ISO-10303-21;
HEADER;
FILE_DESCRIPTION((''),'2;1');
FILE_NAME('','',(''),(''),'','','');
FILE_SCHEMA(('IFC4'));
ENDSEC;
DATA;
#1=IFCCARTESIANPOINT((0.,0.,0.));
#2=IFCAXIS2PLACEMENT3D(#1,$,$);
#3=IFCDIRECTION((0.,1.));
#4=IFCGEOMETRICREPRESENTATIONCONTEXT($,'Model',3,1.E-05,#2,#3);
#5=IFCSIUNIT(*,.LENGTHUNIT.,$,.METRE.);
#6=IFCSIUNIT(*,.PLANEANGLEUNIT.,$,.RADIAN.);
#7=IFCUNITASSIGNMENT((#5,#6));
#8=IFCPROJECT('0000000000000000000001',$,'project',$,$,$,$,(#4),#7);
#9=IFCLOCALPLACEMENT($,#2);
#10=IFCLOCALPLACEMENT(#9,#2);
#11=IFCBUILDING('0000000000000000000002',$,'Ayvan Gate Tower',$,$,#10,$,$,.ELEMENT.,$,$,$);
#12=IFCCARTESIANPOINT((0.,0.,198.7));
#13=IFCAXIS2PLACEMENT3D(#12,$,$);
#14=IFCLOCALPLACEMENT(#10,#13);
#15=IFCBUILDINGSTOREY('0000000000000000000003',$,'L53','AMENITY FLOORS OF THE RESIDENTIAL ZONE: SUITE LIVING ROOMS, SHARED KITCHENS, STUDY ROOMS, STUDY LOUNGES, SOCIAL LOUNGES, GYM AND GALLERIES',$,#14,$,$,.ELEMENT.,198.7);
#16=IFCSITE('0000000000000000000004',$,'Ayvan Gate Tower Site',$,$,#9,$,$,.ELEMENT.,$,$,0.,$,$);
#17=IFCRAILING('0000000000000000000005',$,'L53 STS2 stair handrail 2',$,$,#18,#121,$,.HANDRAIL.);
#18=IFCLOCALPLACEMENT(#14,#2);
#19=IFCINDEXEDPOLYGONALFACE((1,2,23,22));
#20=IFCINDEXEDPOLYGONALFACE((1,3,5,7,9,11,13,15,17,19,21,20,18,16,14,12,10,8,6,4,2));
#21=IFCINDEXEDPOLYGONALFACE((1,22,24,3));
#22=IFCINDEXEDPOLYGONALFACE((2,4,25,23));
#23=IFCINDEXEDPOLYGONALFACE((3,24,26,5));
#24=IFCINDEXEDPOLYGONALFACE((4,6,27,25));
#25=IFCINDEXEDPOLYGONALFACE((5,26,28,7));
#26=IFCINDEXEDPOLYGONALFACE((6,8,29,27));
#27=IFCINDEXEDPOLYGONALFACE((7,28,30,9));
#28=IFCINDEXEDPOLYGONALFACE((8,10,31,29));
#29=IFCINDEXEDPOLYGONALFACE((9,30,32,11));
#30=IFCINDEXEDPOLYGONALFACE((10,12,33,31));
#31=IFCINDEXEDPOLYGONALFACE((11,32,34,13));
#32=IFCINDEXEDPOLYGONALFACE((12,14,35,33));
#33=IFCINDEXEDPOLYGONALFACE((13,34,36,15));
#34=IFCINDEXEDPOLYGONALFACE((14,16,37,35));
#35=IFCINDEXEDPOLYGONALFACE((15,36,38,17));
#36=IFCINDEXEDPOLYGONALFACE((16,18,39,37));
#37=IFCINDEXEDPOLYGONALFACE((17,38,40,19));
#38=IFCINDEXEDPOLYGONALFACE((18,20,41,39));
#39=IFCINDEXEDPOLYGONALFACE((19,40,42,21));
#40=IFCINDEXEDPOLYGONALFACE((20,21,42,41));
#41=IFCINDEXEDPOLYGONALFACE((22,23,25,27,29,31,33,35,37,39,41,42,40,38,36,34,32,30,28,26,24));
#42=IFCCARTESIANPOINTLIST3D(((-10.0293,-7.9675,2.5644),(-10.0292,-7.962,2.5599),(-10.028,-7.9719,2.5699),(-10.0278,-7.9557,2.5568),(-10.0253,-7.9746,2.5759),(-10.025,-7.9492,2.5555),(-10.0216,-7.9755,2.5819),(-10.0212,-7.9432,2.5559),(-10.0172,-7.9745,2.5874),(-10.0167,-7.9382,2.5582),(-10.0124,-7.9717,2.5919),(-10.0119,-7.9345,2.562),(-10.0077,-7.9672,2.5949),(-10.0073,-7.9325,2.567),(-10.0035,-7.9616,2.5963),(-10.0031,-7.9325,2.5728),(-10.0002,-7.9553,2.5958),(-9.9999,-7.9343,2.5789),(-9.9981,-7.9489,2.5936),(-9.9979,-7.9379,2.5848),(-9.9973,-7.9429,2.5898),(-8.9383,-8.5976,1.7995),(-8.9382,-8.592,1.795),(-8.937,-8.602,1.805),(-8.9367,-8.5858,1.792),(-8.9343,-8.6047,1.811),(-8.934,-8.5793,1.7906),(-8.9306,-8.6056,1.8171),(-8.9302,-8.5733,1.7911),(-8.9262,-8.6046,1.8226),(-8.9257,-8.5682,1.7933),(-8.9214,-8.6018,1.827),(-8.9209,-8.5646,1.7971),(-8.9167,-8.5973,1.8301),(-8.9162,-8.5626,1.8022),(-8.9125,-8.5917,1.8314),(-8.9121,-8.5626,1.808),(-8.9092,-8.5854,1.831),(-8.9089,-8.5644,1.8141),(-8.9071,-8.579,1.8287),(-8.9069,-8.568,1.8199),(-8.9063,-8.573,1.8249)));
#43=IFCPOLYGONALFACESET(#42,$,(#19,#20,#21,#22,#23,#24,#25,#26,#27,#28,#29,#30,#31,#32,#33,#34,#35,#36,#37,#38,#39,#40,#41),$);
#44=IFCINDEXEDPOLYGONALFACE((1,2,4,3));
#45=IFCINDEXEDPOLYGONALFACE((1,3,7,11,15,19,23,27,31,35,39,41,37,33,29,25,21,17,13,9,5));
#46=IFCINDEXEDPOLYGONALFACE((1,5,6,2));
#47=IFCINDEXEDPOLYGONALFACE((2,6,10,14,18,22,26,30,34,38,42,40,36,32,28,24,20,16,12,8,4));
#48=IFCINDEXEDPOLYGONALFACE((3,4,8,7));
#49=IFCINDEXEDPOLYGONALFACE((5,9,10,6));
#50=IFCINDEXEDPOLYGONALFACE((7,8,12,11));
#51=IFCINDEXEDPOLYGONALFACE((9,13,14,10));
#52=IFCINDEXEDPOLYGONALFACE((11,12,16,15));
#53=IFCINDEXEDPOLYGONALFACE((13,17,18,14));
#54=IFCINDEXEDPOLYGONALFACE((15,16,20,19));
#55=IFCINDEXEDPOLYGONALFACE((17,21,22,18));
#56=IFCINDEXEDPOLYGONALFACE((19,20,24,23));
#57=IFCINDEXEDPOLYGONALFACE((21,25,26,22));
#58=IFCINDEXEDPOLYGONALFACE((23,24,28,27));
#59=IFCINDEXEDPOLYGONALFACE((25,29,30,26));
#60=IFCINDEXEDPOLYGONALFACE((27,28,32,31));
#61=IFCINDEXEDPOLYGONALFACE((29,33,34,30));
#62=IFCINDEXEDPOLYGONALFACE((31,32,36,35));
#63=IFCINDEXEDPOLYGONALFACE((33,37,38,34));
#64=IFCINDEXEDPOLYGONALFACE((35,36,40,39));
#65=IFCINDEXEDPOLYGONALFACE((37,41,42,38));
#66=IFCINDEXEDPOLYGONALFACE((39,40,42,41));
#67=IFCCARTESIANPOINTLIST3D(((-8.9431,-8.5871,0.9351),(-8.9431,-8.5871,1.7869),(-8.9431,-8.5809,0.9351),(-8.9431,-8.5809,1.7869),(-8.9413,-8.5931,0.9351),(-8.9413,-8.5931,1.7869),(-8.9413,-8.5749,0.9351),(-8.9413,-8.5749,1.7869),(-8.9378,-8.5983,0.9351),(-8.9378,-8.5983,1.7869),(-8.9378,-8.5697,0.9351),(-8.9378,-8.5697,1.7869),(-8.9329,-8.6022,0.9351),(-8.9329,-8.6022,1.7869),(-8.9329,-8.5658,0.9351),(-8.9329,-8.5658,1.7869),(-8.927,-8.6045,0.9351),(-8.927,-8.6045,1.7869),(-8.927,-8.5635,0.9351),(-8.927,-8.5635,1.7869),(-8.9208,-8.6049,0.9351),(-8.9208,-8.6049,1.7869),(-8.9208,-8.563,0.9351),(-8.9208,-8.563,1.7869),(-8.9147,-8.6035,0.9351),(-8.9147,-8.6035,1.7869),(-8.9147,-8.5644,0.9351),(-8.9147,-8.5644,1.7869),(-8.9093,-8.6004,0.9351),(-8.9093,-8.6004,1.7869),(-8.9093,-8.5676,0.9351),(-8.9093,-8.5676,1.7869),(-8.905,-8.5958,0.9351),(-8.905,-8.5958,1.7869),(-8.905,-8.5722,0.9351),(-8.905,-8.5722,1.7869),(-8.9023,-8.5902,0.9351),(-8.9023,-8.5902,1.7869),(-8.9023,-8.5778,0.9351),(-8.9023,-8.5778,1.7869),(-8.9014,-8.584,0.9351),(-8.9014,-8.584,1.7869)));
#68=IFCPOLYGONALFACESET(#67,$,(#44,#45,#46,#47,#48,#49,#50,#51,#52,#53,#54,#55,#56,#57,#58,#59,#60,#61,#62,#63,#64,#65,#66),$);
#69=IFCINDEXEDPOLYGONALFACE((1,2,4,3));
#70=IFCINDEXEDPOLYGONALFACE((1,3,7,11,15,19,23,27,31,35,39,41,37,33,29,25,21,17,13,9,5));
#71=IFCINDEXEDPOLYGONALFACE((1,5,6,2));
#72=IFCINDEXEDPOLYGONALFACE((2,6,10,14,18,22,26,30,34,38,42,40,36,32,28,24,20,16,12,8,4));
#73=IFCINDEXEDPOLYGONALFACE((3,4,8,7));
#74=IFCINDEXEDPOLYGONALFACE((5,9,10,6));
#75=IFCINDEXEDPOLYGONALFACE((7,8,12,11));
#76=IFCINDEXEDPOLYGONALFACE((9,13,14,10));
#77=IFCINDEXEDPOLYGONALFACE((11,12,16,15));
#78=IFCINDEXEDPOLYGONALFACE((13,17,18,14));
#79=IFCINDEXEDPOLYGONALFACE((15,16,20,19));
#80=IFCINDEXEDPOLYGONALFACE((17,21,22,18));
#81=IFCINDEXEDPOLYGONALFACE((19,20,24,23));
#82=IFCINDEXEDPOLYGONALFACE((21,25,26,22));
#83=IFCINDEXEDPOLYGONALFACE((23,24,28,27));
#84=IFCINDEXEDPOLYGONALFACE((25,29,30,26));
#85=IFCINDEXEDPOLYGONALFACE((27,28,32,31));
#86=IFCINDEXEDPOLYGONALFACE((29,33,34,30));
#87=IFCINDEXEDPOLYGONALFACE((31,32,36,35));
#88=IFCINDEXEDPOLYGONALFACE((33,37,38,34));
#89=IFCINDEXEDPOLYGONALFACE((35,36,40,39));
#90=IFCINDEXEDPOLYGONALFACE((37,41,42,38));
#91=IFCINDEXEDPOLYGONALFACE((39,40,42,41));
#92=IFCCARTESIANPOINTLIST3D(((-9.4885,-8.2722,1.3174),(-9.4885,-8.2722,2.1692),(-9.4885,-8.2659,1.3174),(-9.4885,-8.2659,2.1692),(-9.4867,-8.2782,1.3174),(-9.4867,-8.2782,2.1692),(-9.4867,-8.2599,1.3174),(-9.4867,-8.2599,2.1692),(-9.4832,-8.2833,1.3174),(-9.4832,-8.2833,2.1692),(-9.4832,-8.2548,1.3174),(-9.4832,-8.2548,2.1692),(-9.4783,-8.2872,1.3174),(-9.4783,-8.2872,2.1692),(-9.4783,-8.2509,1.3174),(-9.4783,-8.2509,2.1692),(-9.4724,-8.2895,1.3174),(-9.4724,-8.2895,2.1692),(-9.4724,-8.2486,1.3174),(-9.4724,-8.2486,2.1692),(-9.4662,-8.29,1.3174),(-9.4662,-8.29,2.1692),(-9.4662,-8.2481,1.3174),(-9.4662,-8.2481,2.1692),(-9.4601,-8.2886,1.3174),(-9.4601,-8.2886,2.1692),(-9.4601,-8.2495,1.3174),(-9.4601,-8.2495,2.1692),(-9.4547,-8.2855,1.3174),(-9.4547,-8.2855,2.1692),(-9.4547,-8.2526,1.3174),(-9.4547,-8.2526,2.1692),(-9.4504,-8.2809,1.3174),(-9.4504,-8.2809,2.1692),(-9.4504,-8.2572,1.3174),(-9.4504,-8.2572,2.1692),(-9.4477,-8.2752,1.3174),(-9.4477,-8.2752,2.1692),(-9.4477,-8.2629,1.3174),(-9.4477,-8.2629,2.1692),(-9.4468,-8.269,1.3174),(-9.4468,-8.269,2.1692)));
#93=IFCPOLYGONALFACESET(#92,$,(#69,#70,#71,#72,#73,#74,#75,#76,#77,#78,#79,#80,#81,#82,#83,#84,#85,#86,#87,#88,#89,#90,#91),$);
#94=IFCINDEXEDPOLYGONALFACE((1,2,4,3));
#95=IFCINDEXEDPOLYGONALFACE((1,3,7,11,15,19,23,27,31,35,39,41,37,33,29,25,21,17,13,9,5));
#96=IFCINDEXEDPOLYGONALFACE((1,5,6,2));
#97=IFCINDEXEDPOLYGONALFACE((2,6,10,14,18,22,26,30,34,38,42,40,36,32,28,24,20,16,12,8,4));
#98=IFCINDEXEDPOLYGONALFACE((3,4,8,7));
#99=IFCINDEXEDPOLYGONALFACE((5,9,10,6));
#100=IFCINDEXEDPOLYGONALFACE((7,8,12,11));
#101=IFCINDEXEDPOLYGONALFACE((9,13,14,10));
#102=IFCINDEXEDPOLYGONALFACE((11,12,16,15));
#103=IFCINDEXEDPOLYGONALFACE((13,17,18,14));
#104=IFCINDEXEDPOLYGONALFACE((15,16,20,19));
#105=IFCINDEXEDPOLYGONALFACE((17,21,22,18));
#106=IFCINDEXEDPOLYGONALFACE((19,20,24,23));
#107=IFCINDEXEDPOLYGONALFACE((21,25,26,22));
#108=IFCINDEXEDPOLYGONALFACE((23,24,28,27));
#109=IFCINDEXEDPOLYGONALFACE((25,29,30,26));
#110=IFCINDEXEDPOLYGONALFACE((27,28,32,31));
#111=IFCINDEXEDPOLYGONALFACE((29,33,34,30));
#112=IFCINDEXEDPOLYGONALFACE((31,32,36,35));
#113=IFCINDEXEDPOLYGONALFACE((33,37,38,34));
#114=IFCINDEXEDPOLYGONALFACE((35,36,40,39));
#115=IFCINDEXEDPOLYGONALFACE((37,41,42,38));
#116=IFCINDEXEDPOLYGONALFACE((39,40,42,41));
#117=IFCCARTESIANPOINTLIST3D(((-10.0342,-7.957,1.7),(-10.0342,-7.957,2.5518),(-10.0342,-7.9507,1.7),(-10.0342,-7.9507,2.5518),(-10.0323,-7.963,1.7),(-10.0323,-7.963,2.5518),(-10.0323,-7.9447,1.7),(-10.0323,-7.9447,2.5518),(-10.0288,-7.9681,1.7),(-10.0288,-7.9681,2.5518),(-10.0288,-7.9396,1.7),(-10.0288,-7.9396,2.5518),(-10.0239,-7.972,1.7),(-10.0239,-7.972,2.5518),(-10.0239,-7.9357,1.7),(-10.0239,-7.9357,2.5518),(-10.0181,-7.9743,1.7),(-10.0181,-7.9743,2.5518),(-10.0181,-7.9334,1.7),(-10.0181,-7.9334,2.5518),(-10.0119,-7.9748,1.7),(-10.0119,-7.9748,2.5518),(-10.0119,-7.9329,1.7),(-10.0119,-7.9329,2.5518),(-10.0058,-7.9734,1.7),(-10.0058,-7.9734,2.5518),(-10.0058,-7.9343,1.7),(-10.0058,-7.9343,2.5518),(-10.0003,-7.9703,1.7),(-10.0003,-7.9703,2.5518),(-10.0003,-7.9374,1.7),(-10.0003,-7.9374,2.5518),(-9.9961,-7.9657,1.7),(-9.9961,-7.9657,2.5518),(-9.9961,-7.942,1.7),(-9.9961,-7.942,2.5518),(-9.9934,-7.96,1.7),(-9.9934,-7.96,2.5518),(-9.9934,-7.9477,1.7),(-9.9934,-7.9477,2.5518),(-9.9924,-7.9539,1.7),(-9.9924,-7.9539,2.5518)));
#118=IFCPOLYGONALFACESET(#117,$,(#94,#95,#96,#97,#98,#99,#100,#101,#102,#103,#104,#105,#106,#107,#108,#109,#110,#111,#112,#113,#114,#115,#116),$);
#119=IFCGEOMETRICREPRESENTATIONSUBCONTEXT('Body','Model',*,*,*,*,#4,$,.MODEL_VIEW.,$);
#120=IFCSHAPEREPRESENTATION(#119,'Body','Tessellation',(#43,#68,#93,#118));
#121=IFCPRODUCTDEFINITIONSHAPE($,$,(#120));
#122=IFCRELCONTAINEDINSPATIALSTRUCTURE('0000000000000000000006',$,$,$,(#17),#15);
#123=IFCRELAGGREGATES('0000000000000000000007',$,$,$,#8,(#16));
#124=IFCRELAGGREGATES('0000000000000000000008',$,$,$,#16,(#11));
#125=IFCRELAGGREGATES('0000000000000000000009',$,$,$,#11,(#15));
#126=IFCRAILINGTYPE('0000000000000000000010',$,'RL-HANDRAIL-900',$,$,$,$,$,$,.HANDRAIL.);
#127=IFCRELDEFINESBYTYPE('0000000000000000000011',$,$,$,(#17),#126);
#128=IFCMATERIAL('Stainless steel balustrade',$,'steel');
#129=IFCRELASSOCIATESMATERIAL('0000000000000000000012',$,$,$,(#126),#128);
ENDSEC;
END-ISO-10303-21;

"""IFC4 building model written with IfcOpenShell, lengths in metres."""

from ifc_helpers import new_model, si_unit, direction, frame, origin, origin_2d, place, context, subcontext, project, spatial, circle, extrude, material, type_object, element, save


model = new_model("IFC4")

# Units and contexts
model_context = context("Model", 3, precision=1e-05, world=origin(), true_north=direction((0.0, 1.0)))
body_context = subcontext(model_context, "Body", "Model", "MODEL_VIEW")
ifc_project = project(units=[si_unit("LENGTHUNIT", "METRE"), si_unit("PLANEANGLEUNIT", "RADIAN")], contexts=[model_context])

# Site, building, storey
site_placement = place(None, origin())
site = spatial("IfcSite", under=ifc_project, at=site_placement, Name="Ayvan Gate Tower Site", CompositionType="ELEMENT", RefElevation=0.0)
building_placement = place(site_placement, origin())
building = spatial("IfcBuilding", under=site, at=building_placement, Name="Ayvan Gate Tower", CompositionType="ELEMENT")
storey_placement = place(building_placement, frame((0.0, 0.0, 198.7)))
storey = spatial("IfcBuildingStorey", under=building, at=storey_placement, Name="L53", Description="AMENITY FLOORS OF THE RESIDENTIAL ZONE: SUITE LIVING ROOMS, SHARED KITCHENS, STUDY ROOMS, STUDY LOUNGES, SOCIAL LOUNGES, GYM AND GALLERIES", CompositionType="ELEMENT", Elevation=198.7)

# Railing
ifc_material_1 = material(Name="Stainless steel balustrade", Category="steel")
railing_type_1 = type_object("IfcRailingType", Name="RL-HANDRAIL-900", PredefinedType="HANDRAIL", material=ifc_material_1)
railing_1_placement = place(storey_placement, frame((-8.9224, -8.584, 0.9351)))
element("IfcRailing", 1, at=railing_1_placement, inside=storey, type_object=railing_type_1, Name="L53 STS2 stair handrail 2", PredefinedType="HANDRAIL", context=body_context, shape_type="SweptSolid", body=[
    extrude(circle(Radius=0.0239, at=origin_2d()), frame((0.0, 0.0, 0.876), z_axis=(-0.740229, 0.427508, 0.518939), x_axis=(-0.500119, -0.865956, 0.0)), (0.0, 0.0, 1.0), 1.4739),
    extrude(circle(Radius=0.021, at=origin_2d()), origin(), (0.0, 0.0, 1.0), 0.8518),
    extrude(circle(Radius=0.021, at=origin_2d()), frame((-0.5454, 0.3149, 0.3823)), (0.0, 0.0, 1.0), 0.8518),
    extrude(circle(Radius=0.021, at=origin_2d()), frame((-1.0911, 0.6301, 0.7649)), (0.0, 0.0, 1.0), 0.8518),
])

save(model, "model.ifc")
